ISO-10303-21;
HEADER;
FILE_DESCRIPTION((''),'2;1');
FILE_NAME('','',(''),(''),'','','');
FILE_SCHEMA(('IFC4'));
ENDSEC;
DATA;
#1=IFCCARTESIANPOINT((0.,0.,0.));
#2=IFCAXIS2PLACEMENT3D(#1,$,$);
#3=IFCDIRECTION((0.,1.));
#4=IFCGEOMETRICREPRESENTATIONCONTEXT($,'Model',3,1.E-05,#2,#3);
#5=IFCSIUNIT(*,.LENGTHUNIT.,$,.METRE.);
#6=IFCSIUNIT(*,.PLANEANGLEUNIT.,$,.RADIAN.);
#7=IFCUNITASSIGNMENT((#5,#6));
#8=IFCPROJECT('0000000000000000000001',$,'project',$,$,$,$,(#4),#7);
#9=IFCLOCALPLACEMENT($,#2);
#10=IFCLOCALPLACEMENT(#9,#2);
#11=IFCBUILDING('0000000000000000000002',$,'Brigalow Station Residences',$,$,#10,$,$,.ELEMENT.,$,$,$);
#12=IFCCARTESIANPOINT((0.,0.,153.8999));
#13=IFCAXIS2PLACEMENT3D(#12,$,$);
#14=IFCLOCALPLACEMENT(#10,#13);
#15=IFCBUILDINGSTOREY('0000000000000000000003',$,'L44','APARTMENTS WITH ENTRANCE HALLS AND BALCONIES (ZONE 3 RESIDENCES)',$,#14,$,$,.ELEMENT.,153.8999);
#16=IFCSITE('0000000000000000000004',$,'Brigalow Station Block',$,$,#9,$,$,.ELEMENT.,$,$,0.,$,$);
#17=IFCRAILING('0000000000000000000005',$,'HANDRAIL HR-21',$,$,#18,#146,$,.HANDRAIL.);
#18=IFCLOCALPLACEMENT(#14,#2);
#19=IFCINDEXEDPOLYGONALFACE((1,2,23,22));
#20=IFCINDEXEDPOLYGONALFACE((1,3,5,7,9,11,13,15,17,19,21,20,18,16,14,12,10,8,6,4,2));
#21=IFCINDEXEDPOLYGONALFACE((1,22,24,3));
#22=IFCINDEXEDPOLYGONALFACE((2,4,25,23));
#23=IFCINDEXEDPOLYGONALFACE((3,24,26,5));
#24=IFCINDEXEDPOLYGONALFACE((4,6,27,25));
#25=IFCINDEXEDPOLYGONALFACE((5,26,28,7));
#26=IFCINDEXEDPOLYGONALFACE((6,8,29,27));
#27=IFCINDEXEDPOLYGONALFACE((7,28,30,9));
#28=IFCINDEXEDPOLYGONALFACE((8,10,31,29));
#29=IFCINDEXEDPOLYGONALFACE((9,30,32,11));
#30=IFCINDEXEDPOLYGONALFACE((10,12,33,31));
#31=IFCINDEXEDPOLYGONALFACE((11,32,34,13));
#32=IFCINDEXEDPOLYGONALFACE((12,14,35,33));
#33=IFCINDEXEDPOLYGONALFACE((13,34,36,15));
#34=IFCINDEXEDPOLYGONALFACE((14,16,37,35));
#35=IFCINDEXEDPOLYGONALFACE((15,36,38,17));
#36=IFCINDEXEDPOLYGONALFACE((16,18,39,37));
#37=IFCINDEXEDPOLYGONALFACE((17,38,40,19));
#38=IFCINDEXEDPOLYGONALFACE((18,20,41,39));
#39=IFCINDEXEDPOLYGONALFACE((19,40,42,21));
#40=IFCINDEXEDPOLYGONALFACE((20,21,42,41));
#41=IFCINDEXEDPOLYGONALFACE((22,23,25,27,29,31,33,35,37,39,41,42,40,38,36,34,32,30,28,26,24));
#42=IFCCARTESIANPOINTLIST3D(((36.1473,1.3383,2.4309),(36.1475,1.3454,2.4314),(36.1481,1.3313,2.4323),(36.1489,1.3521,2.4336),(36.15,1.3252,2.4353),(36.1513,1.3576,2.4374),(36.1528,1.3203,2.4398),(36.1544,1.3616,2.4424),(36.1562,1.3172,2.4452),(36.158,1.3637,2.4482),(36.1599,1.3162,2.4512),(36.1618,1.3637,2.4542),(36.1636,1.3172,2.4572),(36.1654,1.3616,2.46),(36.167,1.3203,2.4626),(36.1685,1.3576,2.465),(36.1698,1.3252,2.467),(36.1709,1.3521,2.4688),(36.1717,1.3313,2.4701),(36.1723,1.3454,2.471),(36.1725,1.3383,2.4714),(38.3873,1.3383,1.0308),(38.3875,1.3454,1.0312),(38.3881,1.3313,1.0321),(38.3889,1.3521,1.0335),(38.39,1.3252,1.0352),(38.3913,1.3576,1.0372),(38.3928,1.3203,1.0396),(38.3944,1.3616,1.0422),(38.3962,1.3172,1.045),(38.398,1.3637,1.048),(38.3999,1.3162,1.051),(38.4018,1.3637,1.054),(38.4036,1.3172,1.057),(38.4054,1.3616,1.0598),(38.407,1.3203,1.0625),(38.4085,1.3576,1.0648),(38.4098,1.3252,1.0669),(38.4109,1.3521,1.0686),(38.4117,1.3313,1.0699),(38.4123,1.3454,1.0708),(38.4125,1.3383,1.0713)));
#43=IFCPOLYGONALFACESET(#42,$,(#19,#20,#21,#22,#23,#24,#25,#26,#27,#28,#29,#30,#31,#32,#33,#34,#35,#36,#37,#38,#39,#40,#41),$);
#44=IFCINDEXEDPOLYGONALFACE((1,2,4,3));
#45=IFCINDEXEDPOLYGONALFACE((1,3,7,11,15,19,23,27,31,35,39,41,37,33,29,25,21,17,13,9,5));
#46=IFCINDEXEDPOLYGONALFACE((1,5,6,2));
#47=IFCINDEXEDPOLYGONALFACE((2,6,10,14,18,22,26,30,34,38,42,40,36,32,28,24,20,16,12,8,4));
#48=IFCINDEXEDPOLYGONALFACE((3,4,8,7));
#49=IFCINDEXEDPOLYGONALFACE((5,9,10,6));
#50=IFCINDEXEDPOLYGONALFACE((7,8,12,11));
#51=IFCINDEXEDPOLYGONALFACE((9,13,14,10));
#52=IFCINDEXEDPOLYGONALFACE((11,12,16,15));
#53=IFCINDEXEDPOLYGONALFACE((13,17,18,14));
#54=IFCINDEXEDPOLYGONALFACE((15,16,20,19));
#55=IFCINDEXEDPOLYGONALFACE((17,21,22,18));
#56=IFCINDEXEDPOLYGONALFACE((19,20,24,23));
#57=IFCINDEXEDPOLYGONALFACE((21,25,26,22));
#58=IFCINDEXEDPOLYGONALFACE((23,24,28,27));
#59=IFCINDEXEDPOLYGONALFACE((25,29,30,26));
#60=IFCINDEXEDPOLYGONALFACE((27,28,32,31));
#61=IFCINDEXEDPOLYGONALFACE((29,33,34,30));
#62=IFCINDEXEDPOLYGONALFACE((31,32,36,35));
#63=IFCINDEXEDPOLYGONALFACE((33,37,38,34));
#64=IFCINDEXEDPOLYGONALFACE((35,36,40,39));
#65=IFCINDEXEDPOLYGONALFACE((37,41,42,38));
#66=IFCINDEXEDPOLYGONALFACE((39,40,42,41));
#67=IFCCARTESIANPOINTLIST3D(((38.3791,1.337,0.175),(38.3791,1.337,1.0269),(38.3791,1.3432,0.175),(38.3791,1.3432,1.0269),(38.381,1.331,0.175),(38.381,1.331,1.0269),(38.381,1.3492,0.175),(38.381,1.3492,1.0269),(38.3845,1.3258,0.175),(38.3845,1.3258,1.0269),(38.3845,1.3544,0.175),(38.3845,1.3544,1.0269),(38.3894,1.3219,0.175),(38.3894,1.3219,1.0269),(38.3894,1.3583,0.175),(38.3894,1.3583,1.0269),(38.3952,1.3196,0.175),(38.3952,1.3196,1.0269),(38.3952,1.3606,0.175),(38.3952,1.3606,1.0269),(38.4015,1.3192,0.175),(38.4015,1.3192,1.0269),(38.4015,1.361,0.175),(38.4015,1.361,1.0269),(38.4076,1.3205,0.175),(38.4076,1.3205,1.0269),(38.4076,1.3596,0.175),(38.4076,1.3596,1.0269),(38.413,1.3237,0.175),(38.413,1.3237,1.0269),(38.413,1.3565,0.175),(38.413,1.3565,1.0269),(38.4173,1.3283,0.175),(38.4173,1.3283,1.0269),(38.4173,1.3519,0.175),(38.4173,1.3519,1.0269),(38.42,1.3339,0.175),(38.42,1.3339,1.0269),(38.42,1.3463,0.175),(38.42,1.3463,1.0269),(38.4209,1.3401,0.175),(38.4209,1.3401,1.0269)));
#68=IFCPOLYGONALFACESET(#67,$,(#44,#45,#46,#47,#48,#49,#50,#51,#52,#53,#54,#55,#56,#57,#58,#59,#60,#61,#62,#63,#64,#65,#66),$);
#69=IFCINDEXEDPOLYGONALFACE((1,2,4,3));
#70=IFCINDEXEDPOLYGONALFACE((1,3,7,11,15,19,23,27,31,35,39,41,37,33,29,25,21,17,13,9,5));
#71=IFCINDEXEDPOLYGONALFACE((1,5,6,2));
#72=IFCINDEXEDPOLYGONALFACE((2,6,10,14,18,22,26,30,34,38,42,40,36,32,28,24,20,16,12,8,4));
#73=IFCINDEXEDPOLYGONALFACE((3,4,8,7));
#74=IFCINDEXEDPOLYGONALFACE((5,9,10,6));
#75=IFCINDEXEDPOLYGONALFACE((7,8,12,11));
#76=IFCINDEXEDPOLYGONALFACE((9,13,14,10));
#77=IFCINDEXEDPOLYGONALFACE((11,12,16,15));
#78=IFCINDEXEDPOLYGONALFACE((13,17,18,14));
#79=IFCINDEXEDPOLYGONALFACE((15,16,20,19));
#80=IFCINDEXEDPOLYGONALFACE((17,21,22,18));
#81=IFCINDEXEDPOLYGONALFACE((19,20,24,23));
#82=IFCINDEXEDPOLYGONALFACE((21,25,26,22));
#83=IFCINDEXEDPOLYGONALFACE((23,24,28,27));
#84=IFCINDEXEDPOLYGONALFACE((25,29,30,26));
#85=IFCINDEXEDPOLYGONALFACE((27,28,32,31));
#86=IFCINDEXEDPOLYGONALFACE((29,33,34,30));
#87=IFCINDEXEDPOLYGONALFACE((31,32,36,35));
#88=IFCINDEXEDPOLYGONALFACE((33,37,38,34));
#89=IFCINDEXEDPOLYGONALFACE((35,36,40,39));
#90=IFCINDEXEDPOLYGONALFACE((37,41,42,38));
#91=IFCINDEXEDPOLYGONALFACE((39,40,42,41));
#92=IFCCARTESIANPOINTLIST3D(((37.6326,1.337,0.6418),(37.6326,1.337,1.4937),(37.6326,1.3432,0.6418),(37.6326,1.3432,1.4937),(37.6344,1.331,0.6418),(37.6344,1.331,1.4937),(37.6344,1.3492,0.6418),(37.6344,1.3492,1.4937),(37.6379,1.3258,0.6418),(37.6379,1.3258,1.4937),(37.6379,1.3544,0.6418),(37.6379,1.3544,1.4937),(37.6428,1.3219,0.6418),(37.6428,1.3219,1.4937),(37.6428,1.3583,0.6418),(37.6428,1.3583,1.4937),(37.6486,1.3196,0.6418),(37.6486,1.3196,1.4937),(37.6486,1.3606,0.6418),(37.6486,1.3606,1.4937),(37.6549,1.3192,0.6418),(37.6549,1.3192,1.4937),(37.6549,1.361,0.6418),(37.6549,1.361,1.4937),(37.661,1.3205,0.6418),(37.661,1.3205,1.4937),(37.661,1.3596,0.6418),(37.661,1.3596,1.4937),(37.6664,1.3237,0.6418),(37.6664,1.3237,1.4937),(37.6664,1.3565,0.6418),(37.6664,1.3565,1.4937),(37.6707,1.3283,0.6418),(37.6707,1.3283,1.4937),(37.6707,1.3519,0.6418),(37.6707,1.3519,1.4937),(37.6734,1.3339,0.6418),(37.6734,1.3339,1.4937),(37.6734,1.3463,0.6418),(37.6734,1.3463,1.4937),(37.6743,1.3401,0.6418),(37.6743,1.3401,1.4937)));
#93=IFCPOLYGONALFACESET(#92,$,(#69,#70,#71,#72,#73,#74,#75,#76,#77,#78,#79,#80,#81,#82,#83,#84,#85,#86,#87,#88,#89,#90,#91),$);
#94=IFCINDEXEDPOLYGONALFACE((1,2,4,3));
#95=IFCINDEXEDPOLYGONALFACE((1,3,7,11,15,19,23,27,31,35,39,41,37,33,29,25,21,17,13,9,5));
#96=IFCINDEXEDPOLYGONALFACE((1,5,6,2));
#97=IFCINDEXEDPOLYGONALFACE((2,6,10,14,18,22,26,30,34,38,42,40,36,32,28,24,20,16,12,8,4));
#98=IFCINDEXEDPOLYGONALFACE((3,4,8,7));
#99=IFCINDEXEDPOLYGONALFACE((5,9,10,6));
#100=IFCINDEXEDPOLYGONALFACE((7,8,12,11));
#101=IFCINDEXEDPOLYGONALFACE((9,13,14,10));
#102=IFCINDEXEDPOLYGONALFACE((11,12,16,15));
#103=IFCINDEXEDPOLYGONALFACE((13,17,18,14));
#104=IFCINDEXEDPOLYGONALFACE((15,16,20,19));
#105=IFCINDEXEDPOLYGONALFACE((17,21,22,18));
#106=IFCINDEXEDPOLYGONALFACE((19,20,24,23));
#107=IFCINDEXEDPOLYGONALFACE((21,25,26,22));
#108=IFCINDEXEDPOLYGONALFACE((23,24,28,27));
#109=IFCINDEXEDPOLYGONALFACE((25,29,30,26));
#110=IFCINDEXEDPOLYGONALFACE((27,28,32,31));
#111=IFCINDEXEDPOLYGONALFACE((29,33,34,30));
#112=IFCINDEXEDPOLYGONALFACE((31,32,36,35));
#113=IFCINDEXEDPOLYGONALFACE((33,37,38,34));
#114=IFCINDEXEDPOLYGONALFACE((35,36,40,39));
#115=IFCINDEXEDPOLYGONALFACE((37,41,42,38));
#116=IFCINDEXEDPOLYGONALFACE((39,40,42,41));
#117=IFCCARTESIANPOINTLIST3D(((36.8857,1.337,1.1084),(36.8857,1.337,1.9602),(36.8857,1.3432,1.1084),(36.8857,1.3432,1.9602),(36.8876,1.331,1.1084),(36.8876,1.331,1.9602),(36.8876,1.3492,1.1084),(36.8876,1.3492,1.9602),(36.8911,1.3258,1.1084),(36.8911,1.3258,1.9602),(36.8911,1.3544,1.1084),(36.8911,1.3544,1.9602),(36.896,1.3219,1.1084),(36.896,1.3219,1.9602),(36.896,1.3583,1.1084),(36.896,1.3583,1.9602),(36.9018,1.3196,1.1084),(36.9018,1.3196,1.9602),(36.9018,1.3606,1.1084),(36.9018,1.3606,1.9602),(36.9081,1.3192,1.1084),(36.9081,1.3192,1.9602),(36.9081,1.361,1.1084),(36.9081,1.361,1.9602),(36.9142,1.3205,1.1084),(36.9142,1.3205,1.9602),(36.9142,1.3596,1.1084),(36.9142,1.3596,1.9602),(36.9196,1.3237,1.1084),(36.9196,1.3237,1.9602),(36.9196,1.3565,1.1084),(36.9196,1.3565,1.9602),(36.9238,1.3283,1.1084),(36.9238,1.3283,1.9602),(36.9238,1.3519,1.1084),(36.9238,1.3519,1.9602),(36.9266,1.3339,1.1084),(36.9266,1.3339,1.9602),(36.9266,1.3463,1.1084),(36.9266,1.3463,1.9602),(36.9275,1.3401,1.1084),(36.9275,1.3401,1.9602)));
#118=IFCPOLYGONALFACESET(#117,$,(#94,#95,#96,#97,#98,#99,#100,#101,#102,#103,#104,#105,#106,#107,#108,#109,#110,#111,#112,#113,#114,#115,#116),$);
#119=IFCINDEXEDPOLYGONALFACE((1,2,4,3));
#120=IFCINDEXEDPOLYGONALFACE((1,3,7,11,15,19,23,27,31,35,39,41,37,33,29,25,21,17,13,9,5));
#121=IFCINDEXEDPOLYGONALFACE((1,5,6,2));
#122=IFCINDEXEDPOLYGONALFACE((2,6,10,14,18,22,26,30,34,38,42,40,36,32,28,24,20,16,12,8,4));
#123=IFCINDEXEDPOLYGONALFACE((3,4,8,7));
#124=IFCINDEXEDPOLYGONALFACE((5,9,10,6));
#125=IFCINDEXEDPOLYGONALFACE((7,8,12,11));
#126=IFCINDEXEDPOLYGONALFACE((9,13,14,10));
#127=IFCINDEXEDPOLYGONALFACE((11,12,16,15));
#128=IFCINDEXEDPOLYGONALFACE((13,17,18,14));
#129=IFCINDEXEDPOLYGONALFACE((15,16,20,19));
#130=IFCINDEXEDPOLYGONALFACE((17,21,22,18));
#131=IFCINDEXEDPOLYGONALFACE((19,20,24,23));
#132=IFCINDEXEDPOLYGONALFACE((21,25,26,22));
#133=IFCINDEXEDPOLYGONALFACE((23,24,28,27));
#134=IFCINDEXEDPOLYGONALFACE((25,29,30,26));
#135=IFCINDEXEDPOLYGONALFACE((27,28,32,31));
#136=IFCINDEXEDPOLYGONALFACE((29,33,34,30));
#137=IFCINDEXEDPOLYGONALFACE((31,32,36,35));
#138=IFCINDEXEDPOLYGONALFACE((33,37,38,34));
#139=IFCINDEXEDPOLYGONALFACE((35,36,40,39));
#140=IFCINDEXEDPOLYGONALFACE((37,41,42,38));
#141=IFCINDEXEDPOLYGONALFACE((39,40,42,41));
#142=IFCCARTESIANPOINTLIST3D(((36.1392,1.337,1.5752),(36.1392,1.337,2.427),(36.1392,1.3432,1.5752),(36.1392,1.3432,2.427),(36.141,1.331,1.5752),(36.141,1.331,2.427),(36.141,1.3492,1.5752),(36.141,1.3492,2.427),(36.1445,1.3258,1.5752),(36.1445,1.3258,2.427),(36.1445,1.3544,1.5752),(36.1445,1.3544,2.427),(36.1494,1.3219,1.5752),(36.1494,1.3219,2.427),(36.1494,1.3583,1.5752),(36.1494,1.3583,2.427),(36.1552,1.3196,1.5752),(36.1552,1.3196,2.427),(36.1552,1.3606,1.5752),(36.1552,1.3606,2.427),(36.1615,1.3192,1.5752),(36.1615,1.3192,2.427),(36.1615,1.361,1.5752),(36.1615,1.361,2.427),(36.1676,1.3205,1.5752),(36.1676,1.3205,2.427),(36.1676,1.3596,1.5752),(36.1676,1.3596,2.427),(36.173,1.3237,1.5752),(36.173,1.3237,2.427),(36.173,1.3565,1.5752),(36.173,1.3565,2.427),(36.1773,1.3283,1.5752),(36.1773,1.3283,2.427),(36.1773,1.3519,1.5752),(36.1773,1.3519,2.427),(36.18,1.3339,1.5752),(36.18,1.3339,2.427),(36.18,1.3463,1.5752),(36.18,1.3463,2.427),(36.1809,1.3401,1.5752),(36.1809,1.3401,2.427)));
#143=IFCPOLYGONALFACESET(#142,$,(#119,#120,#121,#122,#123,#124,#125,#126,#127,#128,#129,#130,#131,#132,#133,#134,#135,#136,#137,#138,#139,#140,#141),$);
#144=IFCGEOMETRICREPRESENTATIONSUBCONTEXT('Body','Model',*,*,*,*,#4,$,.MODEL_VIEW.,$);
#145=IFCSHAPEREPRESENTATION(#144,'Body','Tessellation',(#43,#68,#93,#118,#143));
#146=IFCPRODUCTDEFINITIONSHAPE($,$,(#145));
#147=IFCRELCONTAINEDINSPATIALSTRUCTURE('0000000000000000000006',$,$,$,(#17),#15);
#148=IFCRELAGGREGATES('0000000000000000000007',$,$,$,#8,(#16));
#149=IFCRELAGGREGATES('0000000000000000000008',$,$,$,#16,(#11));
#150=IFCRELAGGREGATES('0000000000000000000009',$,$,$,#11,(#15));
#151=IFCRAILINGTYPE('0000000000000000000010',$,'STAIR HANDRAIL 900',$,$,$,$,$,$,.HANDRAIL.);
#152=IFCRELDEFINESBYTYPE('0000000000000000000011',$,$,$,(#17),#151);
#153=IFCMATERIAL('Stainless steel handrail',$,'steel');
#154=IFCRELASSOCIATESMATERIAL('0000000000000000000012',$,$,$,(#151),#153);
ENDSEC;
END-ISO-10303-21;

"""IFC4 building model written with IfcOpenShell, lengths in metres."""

from ifc_helpers import new_model, si_unit, direction, frame, origin, origin_2d, place, context, subcontext, project, spatial, circle, extrude, material, type_object, element, save


model = new_model("IFC4")

# Units and contexts
model_context = context("Model", 3, precision=1e-05, world=origin(), true_north=direction((0.0, 1.0)))
body_context = subcontext(model_context, "Body", "Model", "MODEL_VIEW")
ifc_project = project(units=[si_unit("LENGTHUNIT", "METRE"), si_unit("PLANEANGLEUNIT", "RADIAN")], contexts=[model_context])

# Site, building, storey
site_placement = place(None, origin())
site = spatial("IfcSite", under=ifc_project, at=site_placement, Name="Brigalow Station Block", CompositionType="ELEMENT", RefElevation=0.0)
building_placement = place(site_placement, origin())
building = spatial("IfcBuilding", under=site, at=building_placement, Name="Brigalow Station Residences", CompositionType="ELEMENT")
storey_placement = place(building_placement, frame((0.0, 0.0, 153.8999)))
storey = spatial("IfcBuildingStorey", under=building, at=storey_placement, Name="L44", Description="APARTMENTS WITH ENTRANCE HALLS AND BALCONIES (ZONE 3 RESIDENCES)", CompositionType="ELEMENT", Elevation=153.8999)

# Railing
ifc_material_1 = material(Name="Stainless steel handrail", Category="steel")
railing_type_1 = type_object("IfcRailingType", Name="STAIR HANDRAIL 900", PredefinedType="HANDRAIL", material=ifc_material_1)
railing_1_placement = place(storey_placement, frame((38.3999, 1.3401, 0.175)))
element("IfcRailing", 1, at=railing_1_placement, inside=storey, type_object=railing_type_1, Name="HANDRAIL HR-21", PredefinedType="HANDRAIL", context=body_context, shape_type="SweptSolid", body=[
    extrude(circle(Radius=0.0239, at=origin_2d()), frame((0.0, 0.0, 0.876), z_axis=(-0.847972, 0.0, 0.53004), x_axis=(0.0, -1.0, 0.0)), (0.0, 0.0, 1.0), 2.6416),
    extrude(circle(Radius=0.021, at=origin_2d()), origin(), (0.0, 0.0, 1.0), 0.8518),
    extrude(circle(Radius=0.021, at=origin_2d()), frame((-0.7466, 0.0, 0.4668)), (0.0, 0.0, 1.0), 0.8518),
    extrude(circle(Radius=0.021, at=origin_2d()), frame((-1.4934, 0.0, 0.9333)), (0.0, 0.0, 1.0), 0.8518),
    extrude(circle(Radius=0.021, at=origin_2d()), frame((-2.24, 0.0, 1.4001)), (0.0, 0.0, 1.0), 0.8518),
])

save(model, "model.ifc")
